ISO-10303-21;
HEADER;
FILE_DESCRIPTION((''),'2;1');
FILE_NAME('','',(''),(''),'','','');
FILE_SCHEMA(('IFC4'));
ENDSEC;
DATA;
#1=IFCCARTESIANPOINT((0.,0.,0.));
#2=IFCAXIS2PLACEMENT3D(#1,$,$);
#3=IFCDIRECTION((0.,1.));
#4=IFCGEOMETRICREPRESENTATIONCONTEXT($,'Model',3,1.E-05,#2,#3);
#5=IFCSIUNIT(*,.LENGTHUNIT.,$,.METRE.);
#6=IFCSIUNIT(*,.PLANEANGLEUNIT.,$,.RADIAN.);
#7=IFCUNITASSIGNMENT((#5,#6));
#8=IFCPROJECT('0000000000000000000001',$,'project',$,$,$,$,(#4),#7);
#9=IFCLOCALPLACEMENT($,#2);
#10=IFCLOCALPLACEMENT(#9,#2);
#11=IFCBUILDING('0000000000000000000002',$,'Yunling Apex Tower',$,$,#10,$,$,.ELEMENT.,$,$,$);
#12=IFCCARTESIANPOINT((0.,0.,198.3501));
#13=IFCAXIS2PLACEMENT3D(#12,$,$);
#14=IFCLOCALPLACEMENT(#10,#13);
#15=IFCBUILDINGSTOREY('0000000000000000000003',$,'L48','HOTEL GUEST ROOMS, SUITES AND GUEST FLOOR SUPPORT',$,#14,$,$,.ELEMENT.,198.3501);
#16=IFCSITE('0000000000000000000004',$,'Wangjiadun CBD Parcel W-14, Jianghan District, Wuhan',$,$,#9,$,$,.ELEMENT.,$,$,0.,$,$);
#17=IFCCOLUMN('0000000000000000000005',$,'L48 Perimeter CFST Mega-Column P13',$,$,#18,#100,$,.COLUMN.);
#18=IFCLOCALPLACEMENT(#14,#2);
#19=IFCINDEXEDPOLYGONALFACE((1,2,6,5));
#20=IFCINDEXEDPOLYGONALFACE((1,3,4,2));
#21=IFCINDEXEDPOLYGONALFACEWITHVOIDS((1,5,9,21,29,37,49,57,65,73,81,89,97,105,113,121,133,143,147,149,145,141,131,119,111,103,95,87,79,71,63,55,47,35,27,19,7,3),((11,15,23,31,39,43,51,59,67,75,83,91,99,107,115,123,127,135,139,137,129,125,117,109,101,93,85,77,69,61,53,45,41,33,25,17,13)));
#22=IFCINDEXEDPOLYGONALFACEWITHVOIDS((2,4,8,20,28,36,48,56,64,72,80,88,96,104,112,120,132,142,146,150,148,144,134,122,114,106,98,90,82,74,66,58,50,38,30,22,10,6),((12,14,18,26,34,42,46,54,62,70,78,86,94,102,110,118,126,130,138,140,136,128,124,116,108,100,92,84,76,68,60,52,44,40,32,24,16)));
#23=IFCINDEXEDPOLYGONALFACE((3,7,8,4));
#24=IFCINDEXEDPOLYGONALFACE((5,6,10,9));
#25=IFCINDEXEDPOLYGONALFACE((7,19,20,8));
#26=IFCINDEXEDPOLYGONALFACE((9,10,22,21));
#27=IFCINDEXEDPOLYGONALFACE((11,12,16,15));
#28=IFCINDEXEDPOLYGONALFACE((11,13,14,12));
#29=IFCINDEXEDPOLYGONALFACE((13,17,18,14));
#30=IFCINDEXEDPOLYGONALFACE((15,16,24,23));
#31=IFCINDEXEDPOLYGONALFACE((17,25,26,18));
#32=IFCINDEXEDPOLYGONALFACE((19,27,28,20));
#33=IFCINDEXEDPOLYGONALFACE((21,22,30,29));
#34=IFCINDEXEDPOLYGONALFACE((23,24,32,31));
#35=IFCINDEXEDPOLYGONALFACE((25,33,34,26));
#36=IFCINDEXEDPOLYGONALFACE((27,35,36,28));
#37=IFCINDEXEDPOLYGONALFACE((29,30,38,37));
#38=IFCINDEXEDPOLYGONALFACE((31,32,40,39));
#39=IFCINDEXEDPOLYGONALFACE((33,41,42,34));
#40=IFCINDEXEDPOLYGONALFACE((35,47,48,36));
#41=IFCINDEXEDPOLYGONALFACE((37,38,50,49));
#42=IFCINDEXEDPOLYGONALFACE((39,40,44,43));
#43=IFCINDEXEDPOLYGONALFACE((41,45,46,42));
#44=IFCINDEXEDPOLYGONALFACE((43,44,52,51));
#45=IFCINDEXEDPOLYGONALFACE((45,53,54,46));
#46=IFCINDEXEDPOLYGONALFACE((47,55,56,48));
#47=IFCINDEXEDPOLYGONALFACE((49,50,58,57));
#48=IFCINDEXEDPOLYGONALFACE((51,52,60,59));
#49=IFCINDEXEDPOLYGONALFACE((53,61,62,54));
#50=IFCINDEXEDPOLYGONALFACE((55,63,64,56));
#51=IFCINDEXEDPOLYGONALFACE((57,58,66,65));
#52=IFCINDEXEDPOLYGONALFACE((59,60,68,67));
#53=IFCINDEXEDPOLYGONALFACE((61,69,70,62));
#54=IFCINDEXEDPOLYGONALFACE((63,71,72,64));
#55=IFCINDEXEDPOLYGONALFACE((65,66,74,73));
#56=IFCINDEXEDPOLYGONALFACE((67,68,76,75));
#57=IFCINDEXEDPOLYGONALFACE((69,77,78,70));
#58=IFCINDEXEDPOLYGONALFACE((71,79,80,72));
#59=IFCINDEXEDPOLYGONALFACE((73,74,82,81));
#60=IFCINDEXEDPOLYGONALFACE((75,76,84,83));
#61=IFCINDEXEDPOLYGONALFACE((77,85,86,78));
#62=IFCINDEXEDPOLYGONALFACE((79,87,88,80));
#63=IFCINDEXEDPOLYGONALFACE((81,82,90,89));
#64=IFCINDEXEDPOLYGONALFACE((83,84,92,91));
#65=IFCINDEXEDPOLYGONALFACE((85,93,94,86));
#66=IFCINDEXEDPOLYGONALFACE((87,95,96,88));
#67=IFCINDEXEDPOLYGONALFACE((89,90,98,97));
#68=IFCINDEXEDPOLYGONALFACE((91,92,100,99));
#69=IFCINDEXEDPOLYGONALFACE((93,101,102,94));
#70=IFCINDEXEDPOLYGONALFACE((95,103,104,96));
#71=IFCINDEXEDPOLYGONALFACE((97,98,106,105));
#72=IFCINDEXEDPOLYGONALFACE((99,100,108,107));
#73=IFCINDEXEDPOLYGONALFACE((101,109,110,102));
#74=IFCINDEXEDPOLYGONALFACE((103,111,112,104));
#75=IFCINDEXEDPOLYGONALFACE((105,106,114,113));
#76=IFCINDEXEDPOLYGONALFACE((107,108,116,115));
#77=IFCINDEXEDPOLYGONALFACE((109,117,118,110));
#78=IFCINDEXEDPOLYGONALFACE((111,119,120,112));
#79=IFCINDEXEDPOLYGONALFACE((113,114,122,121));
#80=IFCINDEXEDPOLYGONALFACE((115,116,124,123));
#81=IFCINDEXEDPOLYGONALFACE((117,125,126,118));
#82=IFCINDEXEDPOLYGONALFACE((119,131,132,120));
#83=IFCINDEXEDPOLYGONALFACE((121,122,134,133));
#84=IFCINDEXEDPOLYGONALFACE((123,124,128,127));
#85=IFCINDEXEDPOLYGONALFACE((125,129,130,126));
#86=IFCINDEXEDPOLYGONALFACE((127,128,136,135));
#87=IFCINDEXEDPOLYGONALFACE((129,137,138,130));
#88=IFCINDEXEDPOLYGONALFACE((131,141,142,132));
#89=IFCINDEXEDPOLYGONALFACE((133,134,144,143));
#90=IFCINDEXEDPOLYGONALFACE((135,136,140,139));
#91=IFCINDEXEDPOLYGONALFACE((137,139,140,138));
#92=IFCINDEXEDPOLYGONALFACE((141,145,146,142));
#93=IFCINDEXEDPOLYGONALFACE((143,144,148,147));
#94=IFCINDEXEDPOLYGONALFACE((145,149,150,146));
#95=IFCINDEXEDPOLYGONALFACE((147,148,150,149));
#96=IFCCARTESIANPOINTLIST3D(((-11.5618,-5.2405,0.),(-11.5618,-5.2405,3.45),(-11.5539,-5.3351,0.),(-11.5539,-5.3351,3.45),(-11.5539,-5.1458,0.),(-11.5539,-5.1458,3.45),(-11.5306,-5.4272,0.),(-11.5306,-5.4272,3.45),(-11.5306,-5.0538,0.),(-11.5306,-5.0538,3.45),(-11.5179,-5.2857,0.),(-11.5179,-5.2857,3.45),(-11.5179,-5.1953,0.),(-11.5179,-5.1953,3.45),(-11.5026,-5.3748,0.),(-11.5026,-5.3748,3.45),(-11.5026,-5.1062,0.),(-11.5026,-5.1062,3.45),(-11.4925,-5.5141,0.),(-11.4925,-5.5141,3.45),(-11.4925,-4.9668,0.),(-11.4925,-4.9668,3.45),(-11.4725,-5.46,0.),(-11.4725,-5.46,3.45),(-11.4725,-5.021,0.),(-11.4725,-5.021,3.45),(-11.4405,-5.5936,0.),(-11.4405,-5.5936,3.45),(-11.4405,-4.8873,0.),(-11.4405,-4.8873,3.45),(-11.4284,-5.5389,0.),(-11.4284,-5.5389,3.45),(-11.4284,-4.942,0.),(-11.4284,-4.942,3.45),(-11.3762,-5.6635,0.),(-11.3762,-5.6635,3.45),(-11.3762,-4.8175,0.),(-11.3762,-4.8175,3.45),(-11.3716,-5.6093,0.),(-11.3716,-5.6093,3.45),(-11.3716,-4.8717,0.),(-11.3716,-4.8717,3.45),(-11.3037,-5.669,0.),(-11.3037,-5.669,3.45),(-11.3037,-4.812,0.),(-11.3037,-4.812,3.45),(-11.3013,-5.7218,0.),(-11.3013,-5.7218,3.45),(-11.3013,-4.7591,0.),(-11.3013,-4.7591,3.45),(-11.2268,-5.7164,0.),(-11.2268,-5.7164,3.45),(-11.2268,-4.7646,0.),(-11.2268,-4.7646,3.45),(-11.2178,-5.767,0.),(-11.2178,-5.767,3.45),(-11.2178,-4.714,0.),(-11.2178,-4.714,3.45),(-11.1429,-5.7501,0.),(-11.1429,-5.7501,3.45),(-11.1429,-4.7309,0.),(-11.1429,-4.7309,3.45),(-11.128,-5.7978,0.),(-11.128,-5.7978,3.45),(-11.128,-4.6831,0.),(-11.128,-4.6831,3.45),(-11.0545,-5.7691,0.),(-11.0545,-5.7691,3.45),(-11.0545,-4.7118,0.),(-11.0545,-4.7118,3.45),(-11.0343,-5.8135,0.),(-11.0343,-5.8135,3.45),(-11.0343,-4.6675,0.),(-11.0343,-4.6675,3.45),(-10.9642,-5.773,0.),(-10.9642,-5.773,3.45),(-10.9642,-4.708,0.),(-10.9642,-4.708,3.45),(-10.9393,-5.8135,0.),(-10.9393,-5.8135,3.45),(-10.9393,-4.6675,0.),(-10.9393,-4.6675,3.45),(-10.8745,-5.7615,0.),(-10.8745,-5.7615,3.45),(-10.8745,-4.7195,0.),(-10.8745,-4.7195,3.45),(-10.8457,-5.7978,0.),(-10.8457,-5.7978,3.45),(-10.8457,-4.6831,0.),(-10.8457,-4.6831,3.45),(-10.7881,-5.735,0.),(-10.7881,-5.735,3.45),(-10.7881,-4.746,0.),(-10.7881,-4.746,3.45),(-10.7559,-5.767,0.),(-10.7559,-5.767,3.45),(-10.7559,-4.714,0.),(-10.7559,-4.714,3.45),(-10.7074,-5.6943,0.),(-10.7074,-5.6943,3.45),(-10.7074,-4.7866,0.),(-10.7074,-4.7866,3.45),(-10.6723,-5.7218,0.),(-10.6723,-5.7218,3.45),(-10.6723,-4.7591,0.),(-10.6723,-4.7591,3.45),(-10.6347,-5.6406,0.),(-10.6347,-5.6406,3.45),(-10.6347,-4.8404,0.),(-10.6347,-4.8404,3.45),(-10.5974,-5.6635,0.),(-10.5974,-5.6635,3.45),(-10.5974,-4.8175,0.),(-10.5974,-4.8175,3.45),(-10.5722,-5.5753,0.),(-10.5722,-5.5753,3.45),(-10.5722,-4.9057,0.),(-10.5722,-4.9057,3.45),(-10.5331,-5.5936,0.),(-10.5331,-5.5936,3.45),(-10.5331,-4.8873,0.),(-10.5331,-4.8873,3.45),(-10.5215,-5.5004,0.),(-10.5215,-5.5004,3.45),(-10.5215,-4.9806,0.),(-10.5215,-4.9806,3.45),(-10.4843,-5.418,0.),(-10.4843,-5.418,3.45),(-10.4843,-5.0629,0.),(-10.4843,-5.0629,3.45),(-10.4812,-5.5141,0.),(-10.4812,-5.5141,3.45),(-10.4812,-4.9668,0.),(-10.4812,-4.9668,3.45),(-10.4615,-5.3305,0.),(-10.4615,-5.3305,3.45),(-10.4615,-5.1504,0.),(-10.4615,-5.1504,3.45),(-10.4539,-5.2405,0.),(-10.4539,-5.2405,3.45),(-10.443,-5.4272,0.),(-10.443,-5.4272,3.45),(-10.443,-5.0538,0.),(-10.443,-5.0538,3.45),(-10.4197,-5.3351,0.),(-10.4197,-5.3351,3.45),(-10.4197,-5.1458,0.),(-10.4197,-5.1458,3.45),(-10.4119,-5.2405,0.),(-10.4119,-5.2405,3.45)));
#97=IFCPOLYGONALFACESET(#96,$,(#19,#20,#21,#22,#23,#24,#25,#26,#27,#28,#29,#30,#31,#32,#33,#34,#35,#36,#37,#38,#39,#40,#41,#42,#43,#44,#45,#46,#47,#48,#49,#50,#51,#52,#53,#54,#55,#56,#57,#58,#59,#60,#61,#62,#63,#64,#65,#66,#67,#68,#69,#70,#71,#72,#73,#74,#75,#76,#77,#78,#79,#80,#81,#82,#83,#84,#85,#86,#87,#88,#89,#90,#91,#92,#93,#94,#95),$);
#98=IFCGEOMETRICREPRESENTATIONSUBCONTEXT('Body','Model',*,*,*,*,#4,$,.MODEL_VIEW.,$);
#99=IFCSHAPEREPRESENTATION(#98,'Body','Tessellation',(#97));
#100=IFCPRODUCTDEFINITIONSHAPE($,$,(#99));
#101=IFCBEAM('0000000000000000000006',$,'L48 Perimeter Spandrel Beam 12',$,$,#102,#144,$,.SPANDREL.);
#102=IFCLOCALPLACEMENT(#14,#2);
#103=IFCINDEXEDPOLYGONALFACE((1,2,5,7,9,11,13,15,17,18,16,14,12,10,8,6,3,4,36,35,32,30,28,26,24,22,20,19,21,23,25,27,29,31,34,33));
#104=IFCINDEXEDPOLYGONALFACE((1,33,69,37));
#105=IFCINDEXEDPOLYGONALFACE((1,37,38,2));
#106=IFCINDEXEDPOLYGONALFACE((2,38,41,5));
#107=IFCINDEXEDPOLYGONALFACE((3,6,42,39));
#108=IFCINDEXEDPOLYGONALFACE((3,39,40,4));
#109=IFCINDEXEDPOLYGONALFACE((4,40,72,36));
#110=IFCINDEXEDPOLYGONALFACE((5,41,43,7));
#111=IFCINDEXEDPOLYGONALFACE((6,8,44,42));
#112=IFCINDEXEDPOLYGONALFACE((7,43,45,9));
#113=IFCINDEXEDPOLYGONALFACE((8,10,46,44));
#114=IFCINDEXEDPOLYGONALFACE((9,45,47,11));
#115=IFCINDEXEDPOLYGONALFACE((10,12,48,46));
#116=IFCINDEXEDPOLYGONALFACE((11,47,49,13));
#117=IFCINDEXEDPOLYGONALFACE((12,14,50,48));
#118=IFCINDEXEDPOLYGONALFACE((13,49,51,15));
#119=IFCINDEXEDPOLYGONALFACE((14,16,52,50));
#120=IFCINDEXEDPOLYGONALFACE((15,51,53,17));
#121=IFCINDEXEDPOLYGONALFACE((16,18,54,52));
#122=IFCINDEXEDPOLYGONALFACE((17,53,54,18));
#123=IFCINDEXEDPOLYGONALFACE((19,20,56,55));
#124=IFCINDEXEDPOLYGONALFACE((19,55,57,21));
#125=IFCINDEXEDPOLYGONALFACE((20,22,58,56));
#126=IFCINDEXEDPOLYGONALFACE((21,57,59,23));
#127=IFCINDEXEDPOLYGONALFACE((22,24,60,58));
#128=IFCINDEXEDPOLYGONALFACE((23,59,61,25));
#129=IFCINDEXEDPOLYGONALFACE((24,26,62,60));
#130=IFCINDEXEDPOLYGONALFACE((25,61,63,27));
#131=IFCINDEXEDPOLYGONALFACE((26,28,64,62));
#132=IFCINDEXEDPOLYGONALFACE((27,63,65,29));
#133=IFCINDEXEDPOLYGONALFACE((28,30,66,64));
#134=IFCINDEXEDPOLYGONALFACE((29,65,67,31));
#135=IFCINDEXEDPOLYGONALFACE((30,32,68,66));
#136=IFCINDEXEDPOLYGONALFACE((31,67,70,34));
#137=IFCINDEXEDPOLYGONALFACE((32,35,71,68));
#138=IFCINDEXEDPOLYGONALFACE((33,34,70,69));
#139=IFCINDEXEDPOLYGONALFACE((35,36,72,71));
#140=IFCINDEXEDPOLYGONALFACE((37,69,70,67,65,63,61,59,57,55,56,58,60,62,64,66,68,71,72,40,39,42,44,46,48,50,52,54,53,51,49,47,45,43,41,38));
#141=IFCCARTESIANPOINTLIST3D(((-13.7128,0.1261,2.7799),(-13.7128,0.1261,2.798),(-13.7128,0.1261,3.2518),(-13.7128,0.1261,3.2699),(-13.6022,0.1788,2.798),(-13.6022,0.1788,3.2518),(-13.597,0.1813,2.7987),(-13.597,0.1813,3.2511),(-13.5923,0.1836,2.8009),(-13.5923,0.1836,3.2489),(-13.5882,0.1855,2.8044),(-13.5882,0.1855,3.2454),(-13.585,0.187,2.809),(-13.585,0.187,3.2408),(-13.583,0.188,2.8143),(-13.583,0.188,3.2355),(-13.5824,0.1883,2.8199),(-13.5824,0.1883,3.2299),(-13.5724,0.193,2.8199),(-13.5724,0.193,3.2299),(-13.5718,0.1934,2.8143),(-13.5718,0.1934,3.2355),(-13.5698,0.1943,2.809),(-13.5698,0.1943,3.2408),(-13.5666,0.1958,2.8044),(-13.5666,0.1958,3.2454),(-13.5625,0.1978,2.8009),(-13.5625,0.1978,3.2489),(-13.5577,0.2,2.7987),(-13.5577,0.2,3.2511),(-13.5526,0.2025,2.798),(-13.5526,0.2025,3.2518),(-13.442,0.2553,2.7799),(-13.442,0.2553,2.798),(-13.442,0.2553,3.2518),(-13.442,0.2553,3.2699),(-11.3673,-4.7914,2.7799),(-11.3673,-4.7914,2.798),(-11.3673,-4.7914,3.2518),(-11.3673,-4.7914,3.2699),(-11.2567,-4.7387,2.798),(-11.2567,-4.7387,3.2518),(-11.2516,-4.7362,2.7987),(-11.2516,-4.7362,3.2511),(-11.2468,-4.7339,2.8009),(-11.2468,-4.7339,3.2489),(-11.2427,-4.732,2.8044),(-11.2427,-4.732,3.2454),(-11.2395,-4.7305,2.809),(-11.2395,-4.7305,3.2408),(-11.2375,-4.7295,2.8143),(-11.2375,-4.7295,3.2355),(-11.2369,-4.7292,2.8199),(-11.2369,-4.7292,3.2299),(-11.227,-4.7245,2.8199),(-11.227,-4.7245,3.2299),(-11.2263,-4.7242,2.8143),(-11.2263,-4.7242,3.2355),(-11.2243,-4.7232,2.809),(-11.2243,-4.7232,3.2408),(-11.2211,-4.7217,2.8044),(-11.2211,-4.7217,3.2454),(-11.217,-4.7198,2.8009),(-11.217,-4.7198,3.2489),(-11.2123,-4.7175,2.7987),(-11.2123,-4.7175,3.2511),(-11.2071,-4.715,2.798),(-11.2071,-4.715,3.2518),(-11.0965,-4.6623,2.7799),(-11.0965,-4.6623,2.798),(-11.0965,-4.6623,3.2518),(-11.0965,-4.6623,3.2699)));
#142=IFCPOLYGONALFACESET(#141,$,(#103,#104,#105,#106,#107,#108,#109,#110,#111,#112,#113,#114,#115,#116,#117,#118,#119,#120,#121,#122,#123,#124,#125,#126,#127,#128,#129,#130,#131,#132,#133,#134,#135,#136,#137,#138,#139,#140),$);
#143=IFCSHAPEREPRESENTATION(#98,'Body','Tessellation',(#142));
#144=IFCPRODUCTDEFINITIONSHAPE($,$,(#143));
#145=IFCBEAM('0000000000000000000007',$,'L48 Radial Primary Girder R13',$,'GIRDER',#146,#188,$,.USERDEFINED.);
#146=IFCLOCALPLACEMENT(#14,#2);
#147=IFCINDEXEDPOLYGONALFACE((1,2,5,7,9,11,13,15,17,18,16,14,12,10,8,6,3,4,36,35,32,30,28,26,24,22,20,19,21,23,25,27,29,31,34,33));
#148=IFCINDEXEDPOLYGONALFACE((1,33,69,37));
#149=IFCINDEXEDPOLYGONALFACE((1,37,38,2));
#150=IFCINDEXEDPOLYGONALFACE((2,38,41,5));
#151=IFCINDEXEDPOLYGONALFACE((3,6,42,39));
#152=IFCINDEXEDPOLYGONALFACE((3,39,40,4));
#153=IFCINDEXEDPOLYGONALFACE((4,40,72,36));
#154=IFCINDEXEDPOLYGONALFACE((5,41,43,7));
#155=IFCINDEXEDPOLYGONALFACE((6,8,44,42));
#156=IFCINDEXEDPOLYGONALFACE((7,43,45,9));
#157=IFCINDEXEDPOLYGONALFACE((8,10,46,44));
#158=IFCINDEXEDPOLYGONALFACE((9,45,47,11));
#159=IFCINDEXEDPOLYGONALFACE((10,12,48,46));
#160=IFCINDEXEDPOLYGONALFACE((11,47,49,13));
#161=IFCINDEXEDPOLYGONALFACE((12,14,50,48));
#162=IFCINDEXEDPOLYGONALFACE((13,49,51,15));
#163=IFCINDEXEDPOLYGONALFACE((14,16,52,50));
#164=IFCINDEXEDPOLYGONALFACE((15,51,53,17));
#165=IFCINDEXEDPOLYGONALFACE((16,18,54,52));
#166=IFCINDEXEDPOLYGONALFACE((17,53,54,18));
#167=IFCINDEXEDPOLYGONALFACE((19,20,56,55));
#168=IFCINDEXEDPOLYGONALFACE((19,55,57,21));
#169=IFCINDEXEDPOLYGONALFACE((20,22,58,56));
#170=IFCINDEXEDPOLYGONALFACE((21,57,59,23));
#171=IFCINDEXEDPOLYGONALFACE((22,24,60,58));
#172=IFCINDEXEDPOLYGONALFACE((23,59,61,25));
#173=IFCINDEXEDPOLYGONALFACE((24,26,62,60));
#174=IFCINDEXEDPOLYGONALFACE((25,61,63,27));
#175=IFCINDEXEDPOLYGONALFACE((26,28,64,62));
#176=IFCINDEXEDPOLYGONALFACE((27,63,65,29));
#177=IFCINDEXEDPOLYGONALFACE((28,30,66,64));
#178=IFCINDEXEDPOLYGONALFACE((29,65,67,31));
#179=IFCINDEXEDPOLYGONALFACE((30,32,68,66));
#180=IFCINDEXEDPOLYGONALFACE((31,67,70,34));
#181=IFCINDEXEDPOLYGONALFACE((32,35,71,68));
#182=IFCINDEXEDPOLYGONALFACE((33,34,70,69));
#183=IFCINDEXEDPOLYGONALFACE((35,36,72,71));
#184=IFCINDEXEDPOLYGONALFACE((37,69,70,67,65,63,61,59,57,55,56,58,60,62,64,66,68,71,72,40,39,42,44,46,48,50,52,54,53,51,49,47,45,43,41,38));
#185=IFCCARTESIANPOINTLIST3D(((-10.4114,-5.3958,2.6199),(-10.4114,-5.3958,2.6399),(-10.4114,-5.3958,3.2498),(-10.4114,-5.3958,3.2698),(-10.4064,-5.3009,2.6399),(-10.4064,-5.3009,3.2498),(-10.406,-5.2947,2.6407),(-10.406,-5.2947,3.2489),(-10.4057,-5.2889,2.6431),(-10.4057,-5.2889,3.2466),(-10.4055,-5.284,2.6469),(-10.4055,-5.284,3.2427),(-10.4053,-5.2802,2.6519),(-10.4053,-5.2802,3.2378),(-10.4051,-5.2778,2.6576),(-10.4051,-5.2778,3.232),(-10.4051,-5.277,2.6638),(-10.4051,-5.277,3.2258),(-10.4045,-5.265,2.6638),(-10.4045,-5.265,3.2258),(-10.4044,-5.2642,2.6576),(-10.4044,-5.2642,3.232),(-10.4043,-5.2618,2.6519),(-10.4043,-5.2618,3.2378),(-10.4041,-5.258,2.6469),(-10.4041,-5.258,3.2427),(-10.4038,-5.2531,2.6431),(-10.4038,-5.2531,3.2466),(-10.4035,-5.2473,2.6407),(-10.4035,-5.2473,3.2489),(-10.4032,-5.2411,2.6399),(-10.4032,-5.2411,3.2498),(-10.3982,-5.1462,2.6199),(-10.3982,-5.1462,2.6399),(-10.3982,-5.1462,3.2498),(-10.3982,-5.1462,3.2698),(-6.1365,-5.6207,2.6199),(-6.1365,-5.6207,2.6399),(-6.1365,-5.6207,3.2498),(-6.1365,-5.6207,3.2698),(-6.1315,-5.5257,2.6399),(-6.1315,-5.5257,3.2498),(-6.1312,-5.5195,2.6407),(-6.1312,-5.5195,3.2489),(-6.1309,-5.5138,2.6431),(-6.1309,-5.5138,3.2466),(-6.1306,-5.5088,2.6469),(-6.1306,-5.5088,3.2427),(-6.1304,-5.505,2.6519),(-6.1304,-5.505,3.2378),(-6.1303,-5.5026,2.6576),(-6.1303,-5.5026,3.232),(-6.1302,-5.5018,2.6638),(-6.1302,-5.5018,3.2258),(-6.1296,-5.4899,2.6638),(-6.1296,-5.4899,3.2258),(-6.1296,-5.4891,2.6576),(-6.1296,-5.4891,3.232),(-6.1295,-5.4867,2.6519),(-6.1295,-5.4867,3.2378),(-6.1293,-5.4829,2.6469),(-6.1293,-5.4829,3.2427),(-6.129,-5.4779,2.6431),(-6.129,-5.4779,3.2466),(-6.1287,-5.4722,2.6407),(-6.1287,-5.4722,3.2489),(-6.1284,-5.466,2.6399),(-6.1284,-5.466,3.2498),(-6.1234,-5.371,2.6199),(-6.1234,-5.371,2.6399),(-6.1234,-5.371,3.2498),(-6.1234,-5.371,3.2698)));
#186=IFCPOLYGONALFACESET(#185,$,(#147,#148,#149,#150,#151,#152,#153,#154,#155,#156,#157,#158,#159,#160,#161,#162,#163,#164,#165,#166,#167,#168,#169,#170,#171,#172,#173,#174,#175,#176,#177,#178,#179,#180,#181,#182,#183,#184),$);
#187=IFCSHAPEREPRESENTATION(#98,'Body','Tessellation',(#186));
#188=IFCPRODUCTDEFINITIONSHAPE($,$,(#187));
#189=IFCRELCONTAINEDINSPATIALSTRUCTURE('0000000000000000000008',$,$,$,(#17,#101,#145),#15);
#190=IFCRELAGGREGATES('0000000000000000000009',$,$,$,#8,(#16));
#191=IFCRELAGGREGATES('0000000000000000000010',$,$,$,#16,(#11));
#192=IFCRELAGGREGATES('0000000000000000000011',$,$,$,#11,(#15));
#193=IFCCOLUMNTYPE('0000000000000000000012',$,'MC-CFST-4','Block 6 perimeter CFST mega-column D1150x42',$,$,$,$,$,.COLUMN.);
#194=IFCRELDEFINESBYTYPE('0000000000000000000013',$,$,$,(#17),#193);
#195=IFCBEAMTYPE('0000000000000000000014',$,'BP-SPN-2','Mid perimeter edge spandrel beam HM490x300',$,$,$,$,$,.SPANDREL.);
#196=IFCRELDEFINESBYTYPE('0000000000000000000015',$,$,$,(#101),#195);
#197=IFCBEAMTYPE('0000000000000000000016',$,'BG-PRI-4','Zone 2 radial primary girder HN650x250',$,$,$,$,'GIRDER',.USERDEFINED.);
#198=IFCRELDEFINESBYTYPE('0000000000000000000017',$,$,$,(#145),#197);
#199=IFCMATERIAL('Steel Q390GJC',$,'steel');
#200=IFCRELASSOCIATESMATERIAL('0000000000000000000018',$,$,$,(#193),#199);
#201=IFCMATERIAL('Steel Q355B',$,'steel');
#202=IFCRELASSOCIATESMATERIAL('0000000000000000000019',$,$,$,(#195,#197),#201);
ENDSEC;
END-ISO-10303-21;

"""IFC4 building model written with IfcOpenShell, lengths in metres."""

from ifc_helpers import new_model, si_unit, direction, frame, origin, origin_2d, place, context, subcontext, project, spatial, hollow_circle, i_section, extrude, source, transform, mapped, material, material_profile, profile_set, type_object, element, save


model = new_model("IFC4")

# Units and contexts
model_context = context("Model", 3, precision=1e-05, world=origin(), true_north=direction((0.0, 1.0)))
body_context = subcontext(model_context, "Body", "Model", "MODEL_VIEW")
ifc_project = project(units=[si_unit("LENGTHUNIT", "METRE"), si_unit("PLANEANGLEUNIT", "RADIAN")], contexts=[model_context])

# Site, building, storey
site_placement = place(None, origin())
site = spatial("IfcSite", under=ifc_project, at=site_placement, Name="Wangjiadun CBD Parcel W-14, Jianghan District, Wuhan", CompositionType="ELEMENT", RefElevation=0.0)
building_placement = place(site_placement, origin())
building = spatial("IfcBuilding", under=site, at=building_placement, Name="Yunling Apex Tower", CompositionType="ELEMENT")
storey_placement = place(building_placement, frame((0.0, 0.0, 198.3501)))
storey = spatial("IfcBuildingStorey", under=building, at=storey_placement, Name="L48", Description="HOTEL GUEST ROOMS, SUITES AND GUEST FLOOR SUPPORT", CompositionType="ELEMENT", Elevation=198.3501)

# Column
ifc_material_1 = material(Name="Steel Q390GJC", Category="steel")
ifc_material_profile_1 = material_profile(ifc_material_1, hollow_circle(Radius=0.575, WallThickness=0.042, at=origin_2d()))
ifc_profile_set_1 = profile_set([ifc_material_profile_1], Name="Steel Q390GJC")
column_type = type_object("IfcColumnType", Name="MC-CFST-4", Description="Block 6 perimeter CFST mega-column D1150x42", PredefinedType="COLUMN", material=ifc_profile_set_1)
shared_shape_1 = source(origin(), body_context, "Body", "SweptSolid", [
    extrude(hollow_circle(Radius=0.575, WallThickness=0.042, at=origin_2d()), origin(), (0.0, 0.0, 1.0), 3.45),
])
column_placement = place(storey_placement, frame((-10.9868, -5.2405, 0.0), z_axis=(0.0, 0.0, 1.0), x_axis=(1.0, 0.0, 0.0)))
element("IfcColumn", 1, at=column_placement, inside=storey, type_object=column_type, Name="L48 Perimeter CFST Mega-Column P13", PredefinedType="COLUMN", context=body_context, shape_type="MappedRepresentation", body=[
    mapped(shared_shape_1, transform((0.0, 0.0, 0.0), scale=1.0)),
])

# Beams
ifc_material_2 = material(Name="Steel Q355B", Category="steel")
ifc_material_profile_2 = material_profile(ifc_material_2, i_section(OverallWidth=0.3, OverallDepth=0.49, WebThickness=0.011, FlangeThickness=0.0181, FilletRadius=0.022, at=origin_2d()))
ifc_profile_set_2 = profile_set([ifc_material_profile_2], Name="Steel Q355B")
beam_type_1 = type_object("IfcBeamType", Name="BP-SPN-2", Description="Mid perimeter edge spandrel beam HM490x300", PredefinedType="SPANDREL", material=ifc_profile_set_2)
shared_shape_2 = source(origin(), body_context, "Body", "SweptSolid", [
    extrude(i_section(OverallWidth=0.3, OverallDepth=0.49, WebThickness=0.011, FlangeThickness=0.0181, FilletRadius=0.022, at=origin_2d()), origin(), (0.0, 0.0, 1.0), 5.4482),
])
beam_1_placement = place(storey_placement, frame((-13.5774, 0.1907, 3.0249), z_axis=(0.430502, -0.902589, 0.0), x_axis=(0.902589, 0.430502, 0.0)))
element("IfcBeam", 2, at=beam_1_placement, inside=storey, type_object=beam_type_1, Name="L48 Perimeter Spandrel Beam 12", PredefinedType="SPANDREL", context=body_context, shape_type="MappedRepresentation", body=[
    mapped(shared_shape_2, transform((0.0, 0.0, 0.0), scale=1.0)),
])
ifc_material_profile_3 = material_profile(ifc_material_2, i_section(OverallWidth=0.25, OverallDepth=0.6499, WebThickness=0.012, FlangeThickness=0.02, FilletRadius=0.0239, at=origin_2d()))
ifc_profile_set_3 = profile_set([ifc_material_profile_3], Name="Steel Q355B")
beam_type_2 = type_object("IfcBeamType", Name="BG-PRI-4", Description="Zone 2 radial primary girder HN650x250", ElementType="GIRDER", PredefinedType="USERDEFINED", material=ifc_profile_set_3)
shared_shape_3 = source(origin(), body_context, "Body", "SweptSolid", [
    extrude(i_section(OverallWidth=0.25, OverallDepth=0.6499, WebThickness=0.012, FlangeThickness=0.02, FilletRadius=0.0239, at=origin_2d()), origin(), (0.0, 0.0, 1.0), 4.2808),
])
beam_2_placement = place(storey_placement, frame((-10.4048, -5.271, 2.9448), z_axis=(0.99862, -0.052526, 0.0), x_axis=(0.052526, 0.99862, 0.0)))
element("IfcBeam", 3, at=beam_2_placement, inside=storey, type_object=beam_type_2, Name="L48 Radial Primary Girder R13", ObjectType="GIRDER", PredefinedType="USERDEFINED", context=body_context, shape_type="MappedRepresentation", body=[
    mapped(shared_shape_3, transform((0.0, 0.0, 0.0), scale=1.0)),
])

save(model, "model.ifc")
